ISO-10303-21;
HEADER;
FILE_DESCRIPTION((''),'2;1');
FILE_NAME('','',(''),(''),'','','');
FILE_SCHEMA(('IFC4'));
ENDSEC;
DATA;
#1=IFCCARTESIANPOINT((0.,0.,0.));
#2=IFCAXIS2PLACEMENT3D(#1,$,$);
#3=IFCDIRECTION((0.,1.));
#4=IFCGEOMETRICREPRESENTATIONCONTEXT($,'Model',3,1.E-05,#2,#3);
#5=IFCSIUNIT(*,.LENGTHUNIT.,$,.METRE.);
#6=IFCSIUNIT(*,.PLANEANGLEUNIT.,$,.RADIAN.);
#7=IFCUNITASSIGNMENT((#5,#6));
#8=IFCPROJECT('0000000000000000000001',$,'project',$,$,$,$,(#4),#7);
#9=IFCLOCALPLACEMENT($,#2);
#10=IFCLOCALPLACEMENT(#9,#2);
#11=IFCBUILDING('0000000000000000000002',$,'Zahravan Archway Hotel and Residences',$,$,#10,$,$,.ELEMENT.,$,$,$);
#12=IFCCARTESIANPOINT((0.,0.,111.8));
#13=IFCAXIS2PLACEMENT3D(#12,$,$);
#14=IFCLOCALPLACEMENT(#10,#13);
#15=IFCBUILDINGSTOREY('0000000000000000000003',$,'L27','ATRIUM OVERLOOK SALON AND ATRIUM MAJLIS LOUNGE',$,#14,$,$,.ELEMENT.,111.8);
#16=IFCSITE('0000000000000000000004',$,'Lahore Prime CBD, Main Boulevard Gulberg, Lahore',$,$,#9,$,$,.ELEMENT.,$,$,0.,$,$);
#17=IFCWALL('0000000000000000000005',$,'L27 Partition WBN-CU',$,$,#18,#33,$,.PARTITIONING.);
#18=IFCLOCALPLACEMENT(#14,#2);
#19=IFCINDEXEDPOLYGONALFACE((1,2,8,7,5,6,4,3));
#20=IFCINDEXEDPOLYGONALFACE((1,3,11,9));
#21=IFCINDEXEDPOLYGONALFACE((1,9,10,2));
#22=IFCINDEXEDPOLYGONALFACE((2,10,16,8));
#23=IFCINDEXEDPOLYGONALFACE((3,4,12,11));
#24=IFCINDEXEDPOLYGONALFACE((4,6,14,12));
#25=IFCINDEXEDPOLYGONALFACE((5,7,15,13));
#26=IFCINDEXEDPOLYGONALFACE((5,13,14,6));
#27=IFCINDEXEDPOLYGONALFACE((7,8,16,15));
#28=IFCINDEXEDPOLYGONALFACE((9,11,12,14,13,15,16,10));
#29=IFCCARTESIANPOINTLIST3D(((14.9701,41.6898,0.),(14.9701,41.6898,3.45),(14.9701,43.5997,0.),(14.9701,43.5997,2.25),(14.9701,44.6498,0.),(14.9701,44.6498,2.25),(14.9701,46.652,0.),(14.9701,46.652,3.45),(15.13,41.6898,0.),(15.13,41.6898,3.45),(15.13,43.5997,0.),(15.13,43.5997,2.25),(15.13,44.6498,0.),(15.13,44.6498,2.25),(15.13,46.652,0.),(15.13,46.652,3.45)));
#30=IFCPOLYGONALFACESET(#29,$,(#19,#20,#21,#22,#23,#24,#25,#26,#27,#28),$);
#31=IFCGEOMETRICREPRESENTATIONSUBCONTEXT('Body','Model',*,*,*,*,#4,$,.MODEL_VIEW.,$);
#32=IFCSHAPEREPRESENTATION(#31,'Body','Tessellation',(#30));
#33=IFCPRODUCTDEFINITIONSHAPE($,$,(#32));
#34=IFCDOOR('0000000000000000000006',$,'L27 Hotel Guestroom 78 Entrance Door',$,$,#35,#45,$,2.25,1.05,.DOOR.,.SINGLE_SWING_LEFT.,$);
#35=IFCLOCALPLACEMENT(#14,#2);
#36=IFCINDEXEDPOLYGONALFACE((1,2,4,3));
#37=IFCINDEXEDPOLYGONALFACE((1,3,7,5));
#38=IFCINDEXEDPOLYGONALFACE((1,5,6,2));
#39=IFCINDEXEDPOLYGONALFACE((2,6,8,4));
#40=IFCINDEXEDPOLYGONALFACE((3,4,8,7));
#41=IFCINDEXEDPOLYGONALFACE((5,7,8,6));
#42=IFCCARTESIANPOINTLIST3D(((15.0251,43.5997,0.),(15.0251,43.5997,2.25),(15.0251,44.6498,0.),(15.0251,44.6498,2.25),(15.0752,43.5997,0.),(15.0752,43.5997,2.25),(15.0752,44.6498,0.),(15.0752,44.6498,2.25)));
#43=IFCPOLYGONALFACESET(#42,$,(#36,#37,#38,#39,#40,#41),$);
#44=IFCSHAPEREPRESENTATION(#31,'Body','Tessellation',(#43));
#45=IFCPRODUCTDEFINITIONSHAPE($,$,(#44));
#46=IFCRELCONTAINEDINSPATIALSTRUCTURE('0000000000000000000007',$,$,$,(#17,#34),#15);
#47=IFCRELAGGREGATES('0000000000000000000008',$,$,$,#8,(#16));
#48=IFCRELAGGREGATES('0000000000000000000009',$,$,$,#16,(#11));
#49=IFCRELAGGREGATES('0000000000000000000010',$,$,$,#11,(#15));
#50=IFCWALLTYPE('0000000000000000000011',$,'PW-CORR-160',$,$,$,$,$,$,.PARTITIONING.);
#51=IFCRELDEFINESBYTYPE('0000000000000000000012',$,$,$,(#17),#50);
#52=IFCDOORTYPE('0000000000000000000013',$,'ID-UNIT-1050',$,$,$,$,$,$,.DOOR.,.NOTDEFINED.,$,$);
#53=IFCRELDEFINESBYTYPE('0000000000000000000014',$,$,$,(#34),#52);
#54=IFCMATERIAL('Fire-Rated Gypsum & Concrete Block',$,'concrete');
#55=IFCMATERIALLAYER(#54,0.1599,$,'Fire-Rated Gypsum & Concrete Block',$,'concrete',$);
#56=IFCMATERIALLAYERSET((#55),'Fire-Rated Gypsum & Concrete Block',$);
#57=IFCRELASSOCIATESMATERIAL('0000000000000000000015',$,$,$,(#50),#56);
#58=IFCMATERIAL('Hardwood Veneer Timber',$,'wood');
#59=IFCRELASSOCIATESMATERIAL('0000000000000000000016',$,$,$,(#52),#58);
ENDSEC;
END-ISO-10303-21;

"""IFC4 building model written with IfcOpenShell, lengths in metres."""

from ifc_helpers import new_model, si_unit, direction, frame, frame_2d, origin, place, context, subcontext, project, spatial, rectangle, extrude, source, transform, mapped, material, layer, layer_set, type_object, type_shapes, element, fill, save


model = new_model("IFC4")

# Units and contexts
model_context = context("Model", 3, precision=1e-05, world=origin(), true_north=direction((0.0, 1.0)))
body_context = subcontext(model_context, "Body", "Model", "MODEL_VIEW")
ifc_project = project(units=[si_unit("LENGTHUNIT", "METRE"), si_unit("PLANEANGLEUNIT", "RADIAN")], contexts=[model_context])

# Site, building, storey
site_placement = place(None, origin())
site = spatial("IfcSite", under=ifc_project, at=site_placement, Name="Lahore Prime CBD, Main Boulevard Gulberg, Lahore", CompositionType="ELEMENT", RefElevation=0.0)
building_placement = place(site_placement, origin())
building = spatial("IfcBuilding", under=site, at=building_placement, Name="Zahravan Archway Hotel and Residences", CompositionType="ELEMENT")
storey_placement = place(building_placement, frame((0.0, 0.0, 111.8)))
storey = spatial("IfcBuildingStorey", under=building, at=storey_placement, Name="L27", Description="ATRIUM OVERLOOK SALON AND ATRIUM MAJLIS LOUNGE", CompositionType="ELEMENT", Elevation=111.8)

# Shared definitions
ifc_material_1 = material(Name="Fire-Rated Gypsum & Concrete Block", Category="concrete")
ifc_layer_1 = layer(ifc_material_1, 0.1599, Name="Fire-Rated Gypsum & Concrete Block", Category="concrete")
ifc_layer_set_1 = layer_set([ifc_layer_1], Name="Fire-Rated Gypsum & Concrete Block")
wall_type = type_object("IfcWallType", Name="PW-CORR-160", PredefinedType="PARTITIONING", material=ifc_layer_set_1)

# Wall, opening, door
wall_1_placement = place(storey_placement, frame((15.05, 41.6899, 0.0), z_axis=(0.0, 0.0, 1.0), x_axis=(0.0, 1.0, 0.0)))
wall_1 = element("IfcWall", 1, at=wall_1_placement, inside=storey, type_object=wall_type, Name="L27 Partition WBN-CU", PredefinedType="PARTITIONING", context=body_context, shape_type="SweptSolid", body=[
    extrude(rectangle(XDim=4.9622, YDim=0.1599, at=frame_2d((2.481, 0.0))), origin(), (0.0, 0.0, 1.0), 3.45),
])
opening_placement = place(wall_1_placement, frame((1.9099, 0.0, 0.0)))
opening = element("IfcOpeningElement", 2, at=opening_placement, cuts=wall_1, PredefinedType="OPENING", context=body_context, shape_type="SweptSolid", body=[
    extrude(rectangle(XDim=1.05, YDim=2.25, at=frame_2d((0.5249, 1.125))), frame((0.0, 0.0898, 0.0), z_axis=(0.0, -1.0, 0.0), x_axis=(1.0, 0.0, 0.0)), (0.0, 0.0, 1.0), 0.1799),
])
ifc_material_2 = material(Name="Hardwood Veneer Timber", Category="wood")
door_type = type_object("IfcDoorType", Name="ID-UNIT-1050", OperationType="NOTDEFINED", PredefinedType="DOOR", material=ifc_material_2)
shared_shape_1 = source(origin(), body_context, "Body", "SweptSolid", [
    extrude(rectangle(XDim=1.05, YDim=2.25, at=frame_2d((0.5249, 1.125))), frame((0.0, 0.0249, 0.0), z_axis=(0.0, -1.0, 0.0), x_axis=(1.0, 0.0, 0.0)), (0.0, 0.0, 1.0), 0.05),
])
type_shapes(door_type, [shared_shape_1])
door_placement = place(opening_placement, origin())
door = element("IfcDoor", 3, at=door_placement, inside=storey, type_object=door_type, Name="L27 Hotel Guestroom 78 Entrance Door", OperationType="SINGLE_SWING_LEFT", OverallHeight=2.25, OverallWidth=1.05, PredefinedType="DOOR", context=body_context, shape_type="MappedRepresentation", body=[
    mapped(shared_shape_1, transform((0.0, 0.0, 0.0), scale=1.0)),
])
fill(opening, door)

save(model, "model.ifc")
